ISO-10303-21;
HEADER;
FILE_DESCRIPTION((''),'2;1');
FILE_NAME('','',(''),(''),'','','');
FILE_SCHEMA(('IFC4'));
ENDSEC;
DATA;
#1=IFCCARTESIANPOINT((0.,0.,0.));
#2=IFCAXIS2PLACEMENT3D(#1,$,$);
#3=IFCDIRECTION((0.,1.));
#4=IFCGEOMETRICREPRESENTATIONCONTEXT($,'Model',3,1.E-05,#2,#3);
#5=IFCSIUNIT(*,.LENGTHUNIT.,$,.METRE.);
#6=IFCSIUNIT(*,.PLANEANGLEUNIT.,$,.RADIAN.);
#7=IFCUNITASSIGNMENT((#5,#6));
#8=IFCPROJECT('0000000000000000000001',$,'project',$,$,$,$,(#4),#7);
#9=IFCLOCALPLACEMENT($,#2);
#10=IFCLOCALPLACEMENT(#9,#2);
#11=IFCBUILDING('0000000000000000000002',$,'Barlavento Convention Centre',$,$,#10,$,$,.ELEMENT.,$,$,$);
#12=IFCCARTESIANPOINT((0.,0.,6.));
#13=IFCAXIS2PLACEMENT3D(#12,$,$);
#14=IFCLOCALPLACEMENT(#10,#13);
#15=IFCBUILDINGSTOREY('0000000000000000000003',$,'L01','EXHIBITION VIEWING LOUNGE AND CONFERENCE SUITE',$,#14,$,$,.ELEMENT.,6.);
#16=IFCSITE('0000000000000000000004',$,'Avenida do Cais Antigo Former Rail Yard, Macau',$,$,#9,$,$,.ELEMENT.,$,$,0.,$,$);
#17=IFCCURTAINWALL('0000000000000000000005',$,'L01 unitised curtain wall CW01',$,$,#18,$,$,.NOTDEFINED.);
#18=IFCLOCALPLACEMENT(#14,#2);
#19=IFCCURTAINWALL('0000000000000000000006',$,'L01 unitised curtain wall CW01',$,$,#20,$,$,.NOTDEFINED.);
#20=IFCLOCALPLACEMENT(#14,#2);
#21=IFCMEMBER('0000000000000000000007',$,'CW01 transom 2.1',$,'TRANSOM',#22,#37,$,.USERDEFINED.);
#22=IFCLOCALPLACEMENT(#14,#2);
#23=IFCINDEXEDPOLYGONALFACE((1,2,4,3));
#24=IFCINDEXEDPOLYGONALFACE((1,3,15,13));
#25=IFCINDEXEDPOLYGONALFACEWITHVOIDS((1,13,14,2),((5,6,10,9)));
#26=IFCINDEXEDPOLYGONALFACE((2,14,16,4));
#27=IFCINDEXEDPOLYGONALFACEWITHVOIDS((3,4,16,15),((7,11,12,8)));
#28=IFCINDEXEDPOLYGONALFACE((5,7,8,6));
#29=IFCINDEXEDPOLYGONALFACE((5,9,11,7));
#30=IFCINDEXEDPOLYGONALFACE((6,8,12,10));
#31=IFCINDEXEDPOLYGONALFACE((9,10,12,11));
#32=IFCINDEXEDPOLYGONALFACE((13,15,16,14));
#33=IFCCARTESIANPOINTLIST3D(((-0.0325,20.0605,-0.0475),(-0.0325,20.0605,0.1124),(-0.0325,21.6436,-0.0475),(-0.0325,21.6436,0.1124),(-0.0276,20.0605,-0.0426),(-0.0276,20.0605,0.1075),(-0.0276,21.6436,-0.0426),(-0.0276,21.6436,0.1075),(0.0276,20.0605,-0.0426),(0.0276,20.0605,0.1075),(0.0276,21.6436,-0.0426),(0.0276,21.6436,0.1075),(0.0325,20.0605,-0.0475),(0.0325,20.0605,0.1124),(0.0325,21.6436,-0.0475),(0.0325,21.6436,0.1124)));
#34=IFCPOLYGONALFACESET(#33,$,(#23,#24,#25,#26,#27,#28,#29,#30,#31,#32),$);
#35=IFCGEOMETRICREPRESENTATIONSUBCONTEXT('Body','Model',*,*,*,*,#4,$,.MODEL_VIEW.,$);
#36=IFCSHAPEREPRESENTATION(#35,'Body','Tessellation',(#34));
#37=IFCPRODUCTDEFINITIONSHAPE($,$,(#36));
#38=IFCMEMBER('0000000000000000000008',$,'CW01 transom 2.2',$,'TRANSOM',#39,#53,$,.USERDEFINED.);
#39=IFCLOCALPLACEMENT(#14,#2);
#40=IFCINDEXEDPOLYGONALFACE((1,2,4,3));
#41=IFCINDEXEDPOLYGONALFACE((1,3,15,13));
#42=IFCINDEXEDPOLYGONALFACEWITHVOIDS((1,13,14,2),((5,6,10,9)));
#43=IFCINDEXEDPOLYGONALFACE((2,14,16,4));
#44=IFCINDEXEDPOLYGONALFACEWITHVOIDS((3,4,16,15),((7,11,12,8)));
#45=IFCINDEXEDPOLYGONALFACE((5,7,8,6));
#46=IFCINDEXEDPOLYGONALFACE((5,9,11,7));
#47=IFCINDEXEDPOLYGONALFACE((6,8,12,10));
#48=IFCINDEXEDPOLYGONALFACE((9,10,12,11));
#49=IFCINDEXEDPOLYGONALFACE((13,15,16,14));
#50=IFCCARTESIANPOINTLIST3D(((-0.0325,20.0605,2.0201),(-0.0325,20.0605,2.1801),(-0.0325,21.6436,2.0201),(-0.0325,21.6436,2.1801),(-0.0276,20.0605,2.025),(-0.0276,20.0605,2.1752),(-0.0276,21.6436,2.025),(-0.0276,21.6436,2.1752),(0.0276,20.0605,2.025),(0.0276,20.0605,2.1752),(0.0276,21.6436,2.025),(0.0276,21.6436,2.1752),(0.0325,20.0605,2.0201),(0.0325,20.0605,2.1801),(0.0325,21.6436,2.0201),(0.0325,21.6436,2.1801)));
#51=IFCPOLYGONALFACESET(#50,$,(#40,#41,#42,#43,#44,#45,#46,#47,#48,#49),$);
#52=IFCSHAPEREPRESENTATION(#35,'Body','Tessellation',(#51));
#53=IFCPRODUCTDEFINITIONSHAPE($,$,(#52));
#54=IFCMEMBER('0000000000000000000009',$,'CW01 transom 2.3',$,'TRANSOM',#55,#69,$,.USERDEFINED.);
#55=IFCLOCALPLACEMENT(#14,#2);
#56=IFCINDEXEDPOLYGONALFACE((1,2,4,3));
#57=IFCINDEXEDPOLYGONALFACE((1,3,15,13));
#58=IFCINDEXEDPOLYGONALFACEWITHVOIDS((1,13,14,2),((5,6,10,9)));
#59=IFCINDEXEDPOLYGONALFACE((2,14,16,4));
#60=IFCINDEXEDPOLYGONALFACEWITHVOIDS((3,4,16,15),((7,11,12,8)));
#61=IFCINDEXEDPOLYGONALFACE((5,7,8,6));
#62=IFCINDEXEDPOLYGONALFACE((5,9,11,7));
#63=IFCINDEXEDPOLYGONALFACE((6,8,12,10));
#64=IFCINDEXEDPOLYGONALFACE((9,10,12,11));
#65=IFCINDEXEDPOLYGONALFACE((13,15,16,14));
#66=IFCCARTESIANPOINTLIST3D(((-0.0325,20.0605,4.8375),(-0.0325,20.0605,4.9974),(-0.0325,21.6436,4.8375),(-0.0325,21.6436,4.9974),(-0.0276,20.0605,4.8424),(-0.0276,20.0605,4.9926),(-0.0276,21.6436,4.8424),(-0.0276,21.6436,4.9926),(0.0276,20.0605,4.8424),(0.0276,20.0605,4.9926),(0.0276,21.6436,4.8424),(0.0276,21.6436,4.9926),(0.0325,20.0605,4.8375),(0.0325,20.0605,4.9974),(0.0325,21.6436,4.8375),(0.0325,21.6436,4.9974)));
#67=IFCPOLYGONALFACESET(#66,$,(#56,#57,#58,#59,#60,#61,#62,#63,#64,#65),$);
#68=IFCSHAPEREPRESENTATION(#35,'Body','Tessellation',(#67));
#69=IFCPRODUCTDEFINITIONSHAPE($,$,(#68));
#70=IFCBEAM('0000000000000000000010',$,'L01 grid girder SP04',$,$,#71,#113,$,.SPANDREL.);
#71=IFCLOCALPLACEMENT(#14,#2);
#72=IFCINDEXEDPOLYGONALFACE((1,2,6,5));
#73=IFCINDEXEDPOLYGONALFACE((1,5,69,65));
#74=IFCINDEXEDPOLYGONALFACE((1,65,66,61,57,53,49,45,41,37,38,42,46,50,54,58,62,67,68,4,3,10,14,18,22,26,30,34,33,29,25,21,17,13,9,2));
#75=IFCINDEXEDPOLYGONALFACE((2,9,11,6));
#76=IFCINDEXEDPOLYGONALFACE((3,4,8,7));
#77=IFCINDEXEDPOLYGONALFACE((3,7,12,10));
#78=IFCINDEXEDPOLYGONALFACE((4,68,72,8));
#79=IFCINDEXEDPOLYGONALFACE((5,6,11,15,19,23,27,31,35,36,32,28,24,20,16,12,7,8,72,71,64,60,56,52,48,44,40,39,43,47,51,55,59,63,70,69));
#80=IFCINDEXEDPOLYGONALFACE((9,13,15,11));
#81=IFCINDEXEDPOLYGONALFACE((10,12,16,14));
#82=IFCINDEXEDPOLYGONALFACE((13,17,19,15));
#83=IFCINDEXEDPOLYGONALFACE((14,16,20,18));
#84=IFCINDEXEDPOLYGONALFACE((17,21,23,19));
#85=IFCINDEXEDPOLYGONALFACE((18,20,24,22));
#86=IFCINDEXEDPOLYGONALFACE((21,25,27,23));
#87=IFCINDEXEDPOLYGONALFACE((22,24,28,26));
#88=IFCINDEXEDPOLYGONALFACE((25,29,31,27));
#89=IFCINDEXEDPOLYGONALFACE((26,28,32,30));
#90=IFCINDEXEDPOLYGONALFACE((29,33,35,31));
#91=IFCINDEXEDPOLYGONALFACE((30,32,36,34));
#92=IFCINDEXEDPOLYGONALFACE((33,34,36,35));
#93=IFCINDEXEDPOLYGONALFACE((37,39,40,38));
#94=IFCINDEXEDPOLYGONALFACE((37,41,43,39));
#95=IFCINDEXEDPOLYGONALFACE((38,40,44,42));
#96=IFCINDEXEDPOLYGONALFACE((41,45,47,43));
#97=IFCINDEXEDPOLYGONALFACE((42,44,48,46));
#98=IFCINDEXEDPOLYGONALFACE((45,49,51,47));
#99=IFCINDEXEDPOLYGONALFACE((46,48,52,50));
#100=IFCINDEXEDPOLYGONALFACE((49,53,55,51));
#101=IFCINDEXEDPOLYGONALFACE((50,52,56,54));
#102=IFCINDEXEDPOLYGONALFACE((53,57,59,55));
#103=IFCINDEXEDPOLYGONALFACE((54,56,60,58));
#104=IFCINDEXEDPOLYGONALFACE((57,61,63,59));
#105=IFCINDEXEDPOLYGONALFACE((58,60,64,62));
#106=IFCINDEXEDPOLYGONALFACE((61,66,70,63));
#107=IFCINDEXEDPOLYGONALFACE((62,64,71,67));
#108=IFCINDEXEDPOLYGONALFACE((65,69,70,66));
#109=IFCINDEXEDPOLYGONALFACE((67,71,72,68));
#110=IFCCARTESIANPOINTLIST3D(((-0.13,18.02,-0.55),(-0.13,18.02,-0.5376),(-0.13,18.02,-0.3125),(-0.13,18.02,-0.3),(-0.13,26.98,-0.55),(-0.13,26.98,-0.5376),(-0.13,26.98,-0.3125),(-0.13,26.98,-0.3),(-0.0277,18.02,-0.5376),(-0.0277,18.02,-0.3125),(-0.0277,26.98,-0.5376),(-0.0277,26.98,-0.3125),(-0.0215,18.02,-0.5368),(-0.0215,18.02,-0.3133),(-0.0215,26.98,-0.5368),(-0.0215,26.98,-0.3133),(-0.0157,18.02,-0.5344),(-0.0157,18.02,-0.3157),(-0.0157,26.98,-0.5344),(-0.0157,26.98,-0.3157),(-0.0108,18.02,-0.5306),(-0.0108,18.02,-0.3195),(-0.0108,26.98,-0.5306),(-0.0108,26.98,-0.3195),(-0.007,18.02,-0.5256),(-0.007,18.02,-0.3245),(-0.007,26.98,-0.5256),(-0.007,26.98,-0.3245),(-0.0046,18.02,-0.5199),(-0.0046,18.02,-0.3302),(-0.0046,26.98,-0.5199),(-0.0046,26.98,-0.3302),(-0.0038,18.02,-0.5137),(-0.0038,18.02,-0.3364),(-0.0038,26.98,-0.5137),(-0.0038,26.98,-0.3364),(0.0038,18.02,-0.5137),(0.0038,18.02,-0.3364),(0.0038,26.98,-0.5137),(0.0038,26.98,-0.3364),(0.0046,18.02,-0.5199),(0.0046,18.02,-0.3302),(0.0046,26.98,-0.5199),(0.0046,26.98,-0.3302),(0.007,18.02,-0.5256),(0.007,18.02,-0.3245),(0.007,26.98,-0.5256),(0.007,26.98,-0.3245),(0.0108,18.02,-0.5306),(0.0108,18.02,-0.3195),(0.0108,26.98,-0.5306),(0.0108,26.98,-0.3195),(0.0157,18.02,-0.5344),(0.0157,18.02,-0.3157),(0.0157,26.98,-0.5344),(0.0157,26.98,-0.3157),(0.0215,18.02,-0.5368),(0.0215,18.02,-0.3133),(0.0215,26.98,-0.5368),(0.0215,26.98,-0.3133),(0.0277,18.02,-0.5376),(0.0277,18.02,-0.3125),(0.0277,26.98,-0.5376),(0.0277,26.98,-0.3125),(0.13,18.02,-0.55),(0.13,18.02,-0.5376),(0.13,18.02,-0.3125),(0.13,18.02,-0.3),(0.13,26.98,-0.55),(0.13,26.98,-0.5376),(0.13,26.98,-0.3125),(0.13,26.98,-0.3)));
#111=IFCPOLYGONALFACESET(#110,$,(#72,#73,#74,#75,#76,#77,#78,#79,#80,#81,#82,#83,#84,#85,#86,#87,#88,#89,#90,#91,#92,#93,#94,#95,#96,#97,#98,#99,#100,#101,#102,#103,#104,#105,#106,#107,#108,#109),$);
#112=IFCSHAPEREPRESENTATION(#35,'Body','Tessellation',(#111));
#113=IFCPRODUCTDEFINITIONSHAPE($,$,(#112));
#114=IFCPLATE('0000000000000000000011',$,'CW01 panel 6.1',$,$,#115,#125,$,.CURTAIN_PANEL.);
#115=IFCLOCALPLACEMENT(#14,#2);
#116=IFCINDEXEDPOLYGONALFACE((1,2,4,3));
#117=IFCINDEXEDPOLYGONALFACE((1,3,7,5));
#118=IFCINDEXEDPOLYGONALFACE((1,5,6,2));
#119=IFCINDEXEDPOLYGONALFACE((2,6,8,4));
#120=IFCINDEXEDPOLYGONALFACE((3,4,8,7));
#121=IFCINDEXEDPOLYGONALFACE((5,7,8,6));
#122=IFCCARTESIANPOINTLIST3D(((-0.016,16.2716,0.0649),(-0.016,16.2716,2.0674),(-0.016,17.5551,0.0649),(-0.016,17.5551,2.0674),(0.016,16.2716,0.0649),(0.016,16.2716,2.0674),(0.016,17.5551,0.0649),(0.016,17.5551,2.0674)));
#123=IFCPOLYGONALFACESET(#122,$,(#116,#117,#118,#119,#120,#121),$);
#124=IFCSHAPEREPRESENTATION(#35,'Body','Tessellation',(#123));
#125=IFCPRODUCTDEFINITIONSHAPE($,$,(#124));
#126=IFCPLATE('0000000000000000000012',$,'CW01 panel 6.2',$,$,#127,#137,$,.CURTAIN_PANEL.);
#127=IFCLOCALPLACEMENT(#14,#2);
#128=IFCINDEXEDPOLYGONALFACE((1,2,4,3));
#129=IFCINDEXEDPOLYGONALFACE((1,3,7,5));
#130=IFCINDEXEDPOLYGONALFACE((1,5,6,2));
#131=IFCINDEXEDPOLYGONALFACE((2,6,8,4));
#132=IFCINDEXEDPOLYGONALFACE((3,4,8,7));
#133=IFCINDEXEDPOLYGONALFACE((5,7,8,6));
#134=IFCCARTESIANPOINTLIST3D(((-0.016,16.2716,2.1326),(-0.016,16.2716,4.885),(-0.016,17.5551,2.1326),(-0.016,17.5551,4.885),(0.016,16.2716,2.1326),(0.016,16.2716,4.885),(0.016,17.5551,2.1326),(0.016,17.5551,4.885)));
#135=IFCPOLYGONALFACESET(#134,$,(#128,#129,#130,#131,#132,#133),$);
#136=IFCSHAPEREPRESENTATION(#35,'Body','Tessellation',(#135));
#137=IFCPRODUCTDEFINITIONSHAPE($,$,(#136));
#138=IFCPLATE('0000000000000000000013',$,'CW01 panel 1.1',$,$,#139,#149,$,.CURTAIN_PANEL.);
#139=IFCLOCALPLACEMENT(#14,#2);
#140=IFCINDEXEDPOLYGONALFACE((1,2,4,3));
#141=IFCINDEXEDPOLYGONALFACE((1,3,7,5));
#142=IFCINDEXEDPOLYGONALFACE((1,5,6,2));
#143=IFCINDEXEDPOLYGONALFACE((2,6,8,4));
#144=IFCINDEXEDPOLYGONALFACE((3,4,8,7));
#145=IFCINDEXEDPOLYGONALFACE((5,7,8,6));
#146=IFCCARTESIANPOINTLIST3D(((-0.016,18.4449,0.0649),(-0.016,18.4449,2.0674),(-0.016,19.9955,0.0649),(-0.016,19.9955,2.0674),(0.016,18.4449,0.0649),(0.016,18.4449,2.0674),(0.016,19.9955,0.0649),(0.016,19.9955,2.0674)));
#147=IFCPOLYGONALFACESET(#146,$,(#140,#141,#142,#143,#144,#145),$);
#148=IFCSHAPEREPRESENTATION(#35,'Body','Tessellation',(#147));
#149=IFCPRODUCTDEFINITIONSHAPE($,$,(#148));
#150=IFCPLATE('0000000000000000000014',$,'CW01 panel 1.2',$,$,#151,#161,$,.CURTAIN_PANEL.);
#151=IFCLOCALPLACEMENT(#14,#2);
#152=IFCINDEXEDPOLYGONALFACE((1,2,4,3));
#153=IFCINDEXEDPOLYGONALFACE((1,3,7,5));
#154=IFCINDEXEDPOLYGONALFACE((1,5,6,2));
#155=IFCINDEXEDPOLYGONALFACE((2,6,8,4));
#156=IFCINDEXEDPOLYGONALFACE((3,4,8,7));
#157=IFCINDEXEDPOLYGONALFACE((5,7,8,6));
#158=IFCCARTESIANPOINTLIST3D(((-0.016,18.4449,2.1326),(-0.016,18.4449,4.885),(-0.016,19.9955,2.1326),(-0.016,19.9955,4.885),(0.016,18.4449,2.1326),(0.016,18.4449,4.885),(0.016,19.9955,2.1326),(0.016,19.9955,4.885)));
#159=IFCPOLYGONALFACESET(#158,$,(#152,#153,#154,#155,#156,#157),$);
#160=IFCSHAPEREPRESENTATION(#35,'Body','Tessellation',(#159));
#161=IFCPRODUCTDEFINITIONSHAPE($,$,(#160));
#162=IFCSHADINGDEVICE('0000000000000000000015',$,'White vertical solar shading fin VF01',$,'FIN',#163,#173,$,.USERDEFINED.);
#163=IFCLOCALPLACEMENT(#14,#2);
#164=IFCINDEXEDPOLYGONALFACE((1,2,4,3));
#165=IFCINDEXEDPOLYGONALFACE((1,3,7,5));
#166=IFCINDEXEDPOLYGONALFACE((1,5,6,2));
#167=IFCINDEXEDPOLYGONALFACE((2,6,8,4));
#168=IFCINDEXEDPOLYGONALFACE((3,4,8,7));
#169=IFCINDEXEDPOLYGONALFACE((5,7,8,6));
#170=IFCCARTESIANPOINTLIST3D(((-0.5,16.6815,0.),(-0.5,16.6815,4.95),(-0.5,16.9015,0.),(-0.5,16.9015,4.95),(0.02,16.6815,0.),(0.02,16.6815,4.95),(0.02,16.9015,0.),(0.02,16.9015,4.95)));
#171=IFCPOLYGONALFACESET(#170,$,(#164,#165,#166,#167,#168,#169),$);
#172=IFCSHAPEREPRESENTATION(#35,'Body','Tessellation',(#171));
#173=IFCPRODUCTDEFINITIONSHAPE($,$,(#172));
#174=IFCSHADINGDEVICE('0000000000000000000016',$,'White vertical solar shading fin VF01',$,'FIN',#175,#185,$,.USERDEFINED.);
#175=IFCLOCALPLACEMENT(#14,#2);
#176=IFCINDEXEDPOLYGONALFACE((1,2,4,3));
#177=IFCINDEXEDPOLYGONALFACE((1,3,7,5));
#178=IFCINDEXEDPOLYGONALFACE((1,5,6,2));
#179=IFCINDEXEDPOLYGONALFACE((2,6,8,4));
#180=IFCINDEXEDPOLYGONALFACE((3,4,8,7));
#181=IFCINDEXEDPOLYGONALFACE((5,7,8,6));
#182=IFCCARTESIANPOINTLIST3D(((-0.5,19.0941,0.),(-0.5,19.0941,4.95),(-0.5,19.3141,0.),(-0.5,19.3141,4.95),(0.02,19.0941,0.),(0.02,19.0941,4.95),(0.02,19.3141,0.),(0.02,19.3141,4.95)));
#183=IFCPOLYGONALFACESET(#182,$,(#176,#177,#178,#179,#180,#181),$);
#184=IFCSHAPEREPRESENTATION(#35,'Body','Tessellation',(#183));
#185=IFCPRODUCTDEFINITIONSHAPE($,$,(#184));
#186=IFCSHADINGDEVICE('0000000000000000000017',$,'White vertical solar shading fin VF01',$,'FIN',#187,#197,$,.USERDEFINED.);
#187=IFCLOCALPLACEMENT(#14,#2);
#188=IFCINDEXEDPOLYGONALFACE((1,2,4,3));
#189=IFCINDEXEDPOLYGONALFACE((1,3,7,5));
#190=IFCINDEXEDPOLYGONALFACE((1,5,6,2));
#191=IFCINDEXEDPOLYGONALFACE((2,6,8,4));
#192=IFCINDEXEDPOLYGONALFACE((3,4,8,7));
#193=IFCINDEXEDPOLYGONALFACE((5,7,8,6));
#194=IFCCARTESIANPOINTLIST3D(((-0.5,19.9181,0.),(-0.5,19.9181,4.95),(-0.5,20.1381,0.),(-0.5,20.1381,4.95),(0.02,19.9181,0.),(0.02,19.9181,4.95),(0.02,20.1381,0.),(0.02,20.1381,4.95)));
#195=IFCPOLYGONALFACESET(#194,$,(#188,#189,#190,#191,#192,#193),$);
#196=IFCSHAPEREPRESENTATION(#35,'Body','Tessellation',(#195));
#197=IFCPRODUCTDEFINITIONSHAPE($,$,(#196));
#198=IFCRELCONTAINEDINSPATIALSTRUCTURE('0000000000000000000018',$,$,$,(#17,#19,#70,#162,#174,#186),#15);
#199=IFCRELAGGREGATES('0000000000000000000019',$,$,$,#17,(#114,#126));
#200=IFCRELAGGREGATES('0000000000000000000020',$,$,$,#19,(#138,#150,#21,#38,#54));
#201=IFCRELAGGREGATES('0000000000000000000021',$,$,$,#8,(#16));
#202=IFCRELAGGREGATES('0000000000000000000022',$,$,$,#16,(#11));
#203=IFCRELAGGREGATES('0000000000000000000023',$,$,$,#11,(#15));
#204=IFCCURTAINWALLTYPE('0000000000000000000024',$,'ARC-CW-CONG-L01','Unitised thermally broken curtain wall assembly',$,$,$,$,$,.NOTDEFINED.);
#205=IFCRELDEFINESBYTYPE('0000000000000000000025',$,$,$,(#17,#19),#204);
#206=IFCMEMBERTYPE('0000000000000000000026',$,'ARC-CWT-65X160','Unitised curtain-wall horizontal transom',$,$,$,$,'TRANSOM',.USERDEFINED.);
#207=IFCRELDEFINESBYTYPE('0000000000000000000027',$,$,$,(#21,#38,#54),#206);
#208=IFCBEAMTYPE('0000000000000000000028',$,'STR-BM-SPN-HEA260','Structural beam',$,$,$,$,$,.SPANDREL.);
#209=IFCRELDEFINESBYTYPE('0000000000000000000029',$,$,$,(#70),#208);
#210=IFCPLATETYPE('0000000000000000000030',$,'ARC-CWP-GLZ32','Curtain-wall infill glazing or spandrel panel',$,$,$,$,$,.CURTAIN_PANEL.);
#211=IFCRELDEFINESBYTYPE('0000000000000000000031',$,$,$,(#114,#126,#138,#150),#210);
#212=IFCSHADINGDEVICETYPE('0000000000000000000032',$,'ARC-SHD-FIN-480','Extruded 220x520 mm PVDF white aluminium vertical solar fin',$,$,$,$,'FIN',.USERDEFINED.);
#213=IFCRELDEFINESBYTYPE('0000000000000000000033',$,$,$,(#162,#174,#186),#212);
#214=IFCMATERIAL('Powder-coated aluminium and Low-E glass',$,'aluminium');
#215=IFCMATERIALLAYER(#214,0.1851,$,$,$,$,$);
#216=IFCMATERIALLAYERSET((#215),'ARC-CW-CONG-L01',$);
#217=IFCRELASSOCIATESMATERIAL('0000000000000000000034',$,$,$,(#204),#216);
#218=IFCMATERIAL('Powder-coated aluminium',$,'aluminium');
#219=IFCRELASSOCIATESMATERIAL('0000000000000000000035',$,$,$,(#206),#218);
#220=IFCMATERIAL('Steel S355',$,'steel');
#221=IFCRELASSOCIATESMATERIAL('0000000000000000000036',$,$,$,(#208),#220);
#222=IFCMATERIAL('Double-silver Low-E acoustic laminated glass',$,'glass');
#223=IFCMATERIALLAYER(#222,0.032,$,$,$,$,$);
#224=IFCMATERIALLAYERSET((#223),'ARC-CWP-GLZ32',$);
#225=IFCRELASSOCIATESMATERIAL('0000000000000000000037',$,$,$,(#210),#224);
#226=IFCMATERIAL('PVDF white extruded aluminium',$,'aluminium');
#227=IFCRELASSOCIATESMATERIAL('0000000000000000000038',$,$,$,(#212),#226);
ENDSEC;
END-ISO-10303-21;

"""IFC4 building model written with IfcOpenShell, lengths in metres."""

from ifc_helpers import new_model, si_unit, direction, frame, origin, origin_2d, place, context, subcontext, project, spatial, rectangle, hollow_rectangle, i_section, extrude, material, layer, layer_set, material_profile, profile_set, type_object, element, aggregate, save


model = new_model("IFC4")

# Units and contexts
model_context = context("Model", 3, precision=1e-05, world=origin(), true_north=direction((0.0, 1.0)))
body_context = subcontext(model_context, "Body", "Model", "MODEL_VIEW")
ifc_project = project(units=[si_unit("LENGTHUNIT", "METRE"), si_unit("PLANEANGLEUNIT", "RADIAN")], contexts=[model_context])

# Site, building, storey
site_placement = place(None, origin())
site = spatial("IfcSite", under=ifc_project, at=site_placement, Name="Avenida do Cais Antigo Former Rail Yard, Macau", CompositionType="ELEMENT", RefElevation=0.0)
building_placement = place(site_placement, origin())
building = spatial("IfcBuilding", under=site, at=building_placement, Name="Barlavento Convention Centre", CompositionType="ELEMENT")
storey_placement = place(building_placement, frame((0.0, 0.0, 6.0)))
storey = spatial("IfcBuildingStorey", under=building, at=storey_placement, Name="L01", Description="EXHIBITION VIEWING LOUNGE AND CONFERENCE SUITE", CompositionType="ELEMENT", Elevation=6.0)

# Shared definitions
ifc_material_1 = material(Name="Steel S355", Category="steel")

# Curtain wall
ifc_material_2 = material(Name="Powder-coated aluminium and Low-E glass", Category="aluminium")
ifc_layer_1 = layer(ifc_material_2, 0.1851)
ifc_layer_set_1 = layer_set([ifc_layer_1], Name="ARC-CW-CONG-L01")
curtain_wall_type = type_object("IfcCurtainWallType", Name="ARC-CW-CONG-L01", Description="Unitised thermally broken curtain wall assembly", PredefinedType="NOTDEFINED", material=ifc_layer_set_1)
curtain_wall_1_placement = place(storey_placement, origin())
curtain_wall_1 = element("IfcCurtainWall", 1, at=curtain_wall_1_placement, inside=storey, type_object=curtain_wall_type, Name="L01 unitised curtain wall CW01", PredefinedType="NOTDEFINED")
ifc_material_3 = material(Name="Powder-coated aluminium", Category="aluminium")

# Curtain wall
curtain_wall_2_placement = place(storey_placement, origin())
curtain_wall_2 = element("IfcCurtainWall", 2, at=curtain_wall_2_placement, inside=storey, type_object=curtain_wall_type, Name="L01 unitised curtain wall CW01", PredefinedType="NOTDEFINED")

# Members
ifc_material_profile_1 = material_profile(ifc_material_3, hollow_rectangle(XDim=0.0649, YDim=0.1599, WallThickness=0.0049, at=origin_2d()), Name="AL-TRAN 65x160x5")
ifc_profile_set_1 = profile_set([ifc_material_profile_1], Name="Powder-coated aluminium")
member_type_1 = type_object("IfcMemberType", Name="ARC-CWT-65X160", Description="Unitised curtain-wall horizontal transom", ElementType="TRANSOM", PredefinedType="USERDEFINED", material=ifc_profile_set_1)
member_1_placement = place(storey_placement, frame((0.0, 20.0605, 0.0325), z_axis=(0.0, 1.0, 0.0), x_axis=(-1.0, 0.0, 0.0)))
member_1 = element("IfcMember", 3, at=member_1_placement, type_object=member_type_1, Name="CW01 transom 2.1", ObjectType="TRANSOM", PredefinedType="USERDEFINED", context=body_context, shape_type="SweptSolid", body=[
    extrude(hollow_rectangle(XDim=0.0649, YDim=0.1599, WallThickness=0.0049, at=origin_2d()), origin(), (0.0, 0.0, 1.0), 1.583),
])
member_2_placement = place(storey_placement, frame((0.0, 20.0605, 2.1001), z_axis=(0.0, 1.0, 0.0), x_axis=(-1.0, 0.0, 0.0)))
member_2 = element("IfcMember", 4, at=member_2_placement, type_object=member_type_1, Name="CW01 transom 2.2", ObjectType="TRANSOM", PredefinedType="USERDEFINED", context=body_context, shape_type="SweptSolid", body=[
    extrude(hollow_rectangle(XDim=0.0649, YDim=0.1599, WallThickness=0.0049, at=origin_2d()), origin(), (0.0, 0.0, 1.0), 1.583),
])
member_3_placement = place(storey_placement, frame((0.0, 20.0605, 4.9175), z_axis=(0.0, 1.0, 0.0), x_axis=(-1.0, 0.0, 0.0)))
member_3 = element("IfcMember", 5, at=member_3_placement, type_object=member_type_1, Name="CW01 transom 2.3", ObjectType="TRANSOM", PredefinedType="USERDEFINED", context=body_context, shape_type="SweptSolid", body=[
    extrude(hollow_rectangle(XDim=0.0649, YDim=0.1599, WallThickness=0.0049, at=origin_2d()), origin(), (0.0, 0.0, 1.0), 1.583),
])

# Beam
ifc_material_profile_2 = material_profile(ifc_material_1, i_section(OverallWidth=0.26, OverallDepth=0.25, WebThickness=0.0076, FlangeThickness=0.0125, FilletRadius=0.0239, at=origin_2d()), Name="HEA 260")
ifc_profile_set_2 = profile_set([ifc_material_profile_2], Name="Steel S355")
beam_type = type_object("IfcBeamType", Name="STR-BM-SPN-HEA260", Description="Structural beam", PredefinedType="SPANDREL", material=ifc_profile_set_2)
beam_placement = place(storey_placement, frame((0.0, 18.02, -0.425), z_axis=(0.0, 1.0, 0.0), x_axis=(-1.0, 0.0, 0.0)))
element("IfcBeam", 6, at=beam_placement, inside=storey, type_object=beam_type, Name="L01 grid girder SP04", PredefinedType="SPANDREL", context=body_context, shape_type="SweptSolid", body=[
    extrude(i_section(OverallWidth=0.26, OverallDepth=0.25, WebThickness=0.0076, FlangeThickness=0.0125, FilletRadius=0.0239, at=origin_2d()), origin(), (0.0, 0.0, 1.0), 8.96),
])

# Plates
ifc_material_4 = material(Name="Double-silver Low-E acoustic laminated glass", Category="glass")
ifc_layer_2 = layer(ifc_material_4, 0.032)
ifc_layer_set_2 = layer_set([ifc_layer_2], Name="ARC-CWP-GLZ32")
plate_type = type_object("IfcPlateType", Name="ARC-CWP-GLZ32", Description="Curtain-wall infill glazing or spandrel panel", PredefinedType="CURTAIN_PANEL", material=ifc_layer_set_2)
plate_1_placement = place(storey_placement, frame((0.0, 16.9133, 0.0649), z_axis=(0.0, 0.0, 1.0), x_axis=(0.0, 1.0, 0.0)))
plate_1 = element("IfcPlate", 7, at=plate_1_placement, type_object=plate_type, Name="CW01 panel 6.1", PredefinedType="CURTAIN_PANEL", context=body_context, shape_type="SweptSolid", body=[
    extrude(rectangle(XDim=1.2834, YDim=0.032, at=origin_2d()), origin(), (0.0, 0.0, 1.0), 2.0024),
])
plate_2_placement = place(storey_placement, frame((0.0, 16.9133, 2.1326), z_axis=(0.0, 0.0, 1.0), x_axis=(0.0, 1.0, 0.0)))
plate_2 = element("IfcPlate", 8, at=plate_2_placement, type_object=plate_type, Name="CW01 panel 6.2", PredefinedType="CURTAIN_PANEL", context=body_context, shape_type="SweptSolid", body=[
    extrude(rectangle(XDim=1.2834, YDim=0.032, at=origin_2d()), origin(), (0.0, 0.0, 1.0), 2.7524),
])
aggregate(curtain_wall_1, [plate_1, plate_2])
plate_3_placement = place(storey_placement, frame((0.0, 19.2202, 0.0649), z_axis=(0.0, 0.0, 1.0), x_axis=(0.0, 1.0, 0.0)))
plate_3 = element("IfcPlate", 9, at=plate_3_placement, type_object=plate_type, Name="CW01 panel 1.1", PredefinedType="CURTAIN_PANEL", context=body_context, shape_type="SweptSolid", body=[
    extrude(rectangle(XDim=1.5505, YDim=0.032, at=origin_2d()), origin(), (0.0, 0.0, 1.0), 2.0024),
])
plate_4_placement = place(storey_placement, frame((0.0, 19.2202, 2.1326), z_axis=(0.0, 0.0, 1.0), x_axis=(0.0, 1.0, 0.0)))
plate_4 = element("IfcPlate", 10, at=plate_4_placement, type_object=plate_type, Name="CW01 panel 1.2", PredefinedType="CURTAIN_PANEL", context=body_context, shape_type="SweptSolid", body=[
    extrude(rectangle(XDim=1.5505, YDim=0.032, at=origin_2d()), origin(), (0.0, 0.0, 1.0), 2.7524),
])
aggregate(curtain_wall_2, [plate_3, plate_4, member_1, member_2, member_3])

# Shading devices
ifc_material_5 = material(Name="PVDF white extruded aluminium", Category="aluminium")
shading_device_type = type_object("IfcShadingDeviceType", Name="ARC-SHD-FIN-480", Description="Extruded 220x520 mm PVDF white aluminium vertical solar fin", ElementType="FIN", PredefinedType="USERDEFINED", material=ifc_material_5)
for number, where, z_axis, x_axis, name in (
    (11, (-0.24, 16.7915, 0.0), (0.0, 0.0, 1.0), (0.0, 1.0, 0.0), "White vertical solar shading fin VF01"),
    (12, (-0.24, 19.2041, 0.0), (0.0, 0.0, 1.0), (0.0, 1.0, 0.0), "White vertical solar shading fin VF01"),
    (13, (-0.24, 20.0281, 0.0), (0.0, 0.0, 1.0), (0.0, 1.0, 0.0), "White vertical solar shading fin VF01"),
):
    element("IfcShadingDevice", number, at=place(storey_placement, frame(where, z_axis=z_axis, x_axis=x_axis)), inside=storey, type_object=shading_device_type, Name=name, ObjectType="FIN", PredefinedType="USERDEFINED", context=body_context, shape_type="SweptSolid", body=[
        extrude(rectangle(XDim=0.22, YDim=0.52, at=origin_2d()), origin(), (0.0, 0.0, 1.0), 4.95),
    ])

save(model, "model.ifc")
